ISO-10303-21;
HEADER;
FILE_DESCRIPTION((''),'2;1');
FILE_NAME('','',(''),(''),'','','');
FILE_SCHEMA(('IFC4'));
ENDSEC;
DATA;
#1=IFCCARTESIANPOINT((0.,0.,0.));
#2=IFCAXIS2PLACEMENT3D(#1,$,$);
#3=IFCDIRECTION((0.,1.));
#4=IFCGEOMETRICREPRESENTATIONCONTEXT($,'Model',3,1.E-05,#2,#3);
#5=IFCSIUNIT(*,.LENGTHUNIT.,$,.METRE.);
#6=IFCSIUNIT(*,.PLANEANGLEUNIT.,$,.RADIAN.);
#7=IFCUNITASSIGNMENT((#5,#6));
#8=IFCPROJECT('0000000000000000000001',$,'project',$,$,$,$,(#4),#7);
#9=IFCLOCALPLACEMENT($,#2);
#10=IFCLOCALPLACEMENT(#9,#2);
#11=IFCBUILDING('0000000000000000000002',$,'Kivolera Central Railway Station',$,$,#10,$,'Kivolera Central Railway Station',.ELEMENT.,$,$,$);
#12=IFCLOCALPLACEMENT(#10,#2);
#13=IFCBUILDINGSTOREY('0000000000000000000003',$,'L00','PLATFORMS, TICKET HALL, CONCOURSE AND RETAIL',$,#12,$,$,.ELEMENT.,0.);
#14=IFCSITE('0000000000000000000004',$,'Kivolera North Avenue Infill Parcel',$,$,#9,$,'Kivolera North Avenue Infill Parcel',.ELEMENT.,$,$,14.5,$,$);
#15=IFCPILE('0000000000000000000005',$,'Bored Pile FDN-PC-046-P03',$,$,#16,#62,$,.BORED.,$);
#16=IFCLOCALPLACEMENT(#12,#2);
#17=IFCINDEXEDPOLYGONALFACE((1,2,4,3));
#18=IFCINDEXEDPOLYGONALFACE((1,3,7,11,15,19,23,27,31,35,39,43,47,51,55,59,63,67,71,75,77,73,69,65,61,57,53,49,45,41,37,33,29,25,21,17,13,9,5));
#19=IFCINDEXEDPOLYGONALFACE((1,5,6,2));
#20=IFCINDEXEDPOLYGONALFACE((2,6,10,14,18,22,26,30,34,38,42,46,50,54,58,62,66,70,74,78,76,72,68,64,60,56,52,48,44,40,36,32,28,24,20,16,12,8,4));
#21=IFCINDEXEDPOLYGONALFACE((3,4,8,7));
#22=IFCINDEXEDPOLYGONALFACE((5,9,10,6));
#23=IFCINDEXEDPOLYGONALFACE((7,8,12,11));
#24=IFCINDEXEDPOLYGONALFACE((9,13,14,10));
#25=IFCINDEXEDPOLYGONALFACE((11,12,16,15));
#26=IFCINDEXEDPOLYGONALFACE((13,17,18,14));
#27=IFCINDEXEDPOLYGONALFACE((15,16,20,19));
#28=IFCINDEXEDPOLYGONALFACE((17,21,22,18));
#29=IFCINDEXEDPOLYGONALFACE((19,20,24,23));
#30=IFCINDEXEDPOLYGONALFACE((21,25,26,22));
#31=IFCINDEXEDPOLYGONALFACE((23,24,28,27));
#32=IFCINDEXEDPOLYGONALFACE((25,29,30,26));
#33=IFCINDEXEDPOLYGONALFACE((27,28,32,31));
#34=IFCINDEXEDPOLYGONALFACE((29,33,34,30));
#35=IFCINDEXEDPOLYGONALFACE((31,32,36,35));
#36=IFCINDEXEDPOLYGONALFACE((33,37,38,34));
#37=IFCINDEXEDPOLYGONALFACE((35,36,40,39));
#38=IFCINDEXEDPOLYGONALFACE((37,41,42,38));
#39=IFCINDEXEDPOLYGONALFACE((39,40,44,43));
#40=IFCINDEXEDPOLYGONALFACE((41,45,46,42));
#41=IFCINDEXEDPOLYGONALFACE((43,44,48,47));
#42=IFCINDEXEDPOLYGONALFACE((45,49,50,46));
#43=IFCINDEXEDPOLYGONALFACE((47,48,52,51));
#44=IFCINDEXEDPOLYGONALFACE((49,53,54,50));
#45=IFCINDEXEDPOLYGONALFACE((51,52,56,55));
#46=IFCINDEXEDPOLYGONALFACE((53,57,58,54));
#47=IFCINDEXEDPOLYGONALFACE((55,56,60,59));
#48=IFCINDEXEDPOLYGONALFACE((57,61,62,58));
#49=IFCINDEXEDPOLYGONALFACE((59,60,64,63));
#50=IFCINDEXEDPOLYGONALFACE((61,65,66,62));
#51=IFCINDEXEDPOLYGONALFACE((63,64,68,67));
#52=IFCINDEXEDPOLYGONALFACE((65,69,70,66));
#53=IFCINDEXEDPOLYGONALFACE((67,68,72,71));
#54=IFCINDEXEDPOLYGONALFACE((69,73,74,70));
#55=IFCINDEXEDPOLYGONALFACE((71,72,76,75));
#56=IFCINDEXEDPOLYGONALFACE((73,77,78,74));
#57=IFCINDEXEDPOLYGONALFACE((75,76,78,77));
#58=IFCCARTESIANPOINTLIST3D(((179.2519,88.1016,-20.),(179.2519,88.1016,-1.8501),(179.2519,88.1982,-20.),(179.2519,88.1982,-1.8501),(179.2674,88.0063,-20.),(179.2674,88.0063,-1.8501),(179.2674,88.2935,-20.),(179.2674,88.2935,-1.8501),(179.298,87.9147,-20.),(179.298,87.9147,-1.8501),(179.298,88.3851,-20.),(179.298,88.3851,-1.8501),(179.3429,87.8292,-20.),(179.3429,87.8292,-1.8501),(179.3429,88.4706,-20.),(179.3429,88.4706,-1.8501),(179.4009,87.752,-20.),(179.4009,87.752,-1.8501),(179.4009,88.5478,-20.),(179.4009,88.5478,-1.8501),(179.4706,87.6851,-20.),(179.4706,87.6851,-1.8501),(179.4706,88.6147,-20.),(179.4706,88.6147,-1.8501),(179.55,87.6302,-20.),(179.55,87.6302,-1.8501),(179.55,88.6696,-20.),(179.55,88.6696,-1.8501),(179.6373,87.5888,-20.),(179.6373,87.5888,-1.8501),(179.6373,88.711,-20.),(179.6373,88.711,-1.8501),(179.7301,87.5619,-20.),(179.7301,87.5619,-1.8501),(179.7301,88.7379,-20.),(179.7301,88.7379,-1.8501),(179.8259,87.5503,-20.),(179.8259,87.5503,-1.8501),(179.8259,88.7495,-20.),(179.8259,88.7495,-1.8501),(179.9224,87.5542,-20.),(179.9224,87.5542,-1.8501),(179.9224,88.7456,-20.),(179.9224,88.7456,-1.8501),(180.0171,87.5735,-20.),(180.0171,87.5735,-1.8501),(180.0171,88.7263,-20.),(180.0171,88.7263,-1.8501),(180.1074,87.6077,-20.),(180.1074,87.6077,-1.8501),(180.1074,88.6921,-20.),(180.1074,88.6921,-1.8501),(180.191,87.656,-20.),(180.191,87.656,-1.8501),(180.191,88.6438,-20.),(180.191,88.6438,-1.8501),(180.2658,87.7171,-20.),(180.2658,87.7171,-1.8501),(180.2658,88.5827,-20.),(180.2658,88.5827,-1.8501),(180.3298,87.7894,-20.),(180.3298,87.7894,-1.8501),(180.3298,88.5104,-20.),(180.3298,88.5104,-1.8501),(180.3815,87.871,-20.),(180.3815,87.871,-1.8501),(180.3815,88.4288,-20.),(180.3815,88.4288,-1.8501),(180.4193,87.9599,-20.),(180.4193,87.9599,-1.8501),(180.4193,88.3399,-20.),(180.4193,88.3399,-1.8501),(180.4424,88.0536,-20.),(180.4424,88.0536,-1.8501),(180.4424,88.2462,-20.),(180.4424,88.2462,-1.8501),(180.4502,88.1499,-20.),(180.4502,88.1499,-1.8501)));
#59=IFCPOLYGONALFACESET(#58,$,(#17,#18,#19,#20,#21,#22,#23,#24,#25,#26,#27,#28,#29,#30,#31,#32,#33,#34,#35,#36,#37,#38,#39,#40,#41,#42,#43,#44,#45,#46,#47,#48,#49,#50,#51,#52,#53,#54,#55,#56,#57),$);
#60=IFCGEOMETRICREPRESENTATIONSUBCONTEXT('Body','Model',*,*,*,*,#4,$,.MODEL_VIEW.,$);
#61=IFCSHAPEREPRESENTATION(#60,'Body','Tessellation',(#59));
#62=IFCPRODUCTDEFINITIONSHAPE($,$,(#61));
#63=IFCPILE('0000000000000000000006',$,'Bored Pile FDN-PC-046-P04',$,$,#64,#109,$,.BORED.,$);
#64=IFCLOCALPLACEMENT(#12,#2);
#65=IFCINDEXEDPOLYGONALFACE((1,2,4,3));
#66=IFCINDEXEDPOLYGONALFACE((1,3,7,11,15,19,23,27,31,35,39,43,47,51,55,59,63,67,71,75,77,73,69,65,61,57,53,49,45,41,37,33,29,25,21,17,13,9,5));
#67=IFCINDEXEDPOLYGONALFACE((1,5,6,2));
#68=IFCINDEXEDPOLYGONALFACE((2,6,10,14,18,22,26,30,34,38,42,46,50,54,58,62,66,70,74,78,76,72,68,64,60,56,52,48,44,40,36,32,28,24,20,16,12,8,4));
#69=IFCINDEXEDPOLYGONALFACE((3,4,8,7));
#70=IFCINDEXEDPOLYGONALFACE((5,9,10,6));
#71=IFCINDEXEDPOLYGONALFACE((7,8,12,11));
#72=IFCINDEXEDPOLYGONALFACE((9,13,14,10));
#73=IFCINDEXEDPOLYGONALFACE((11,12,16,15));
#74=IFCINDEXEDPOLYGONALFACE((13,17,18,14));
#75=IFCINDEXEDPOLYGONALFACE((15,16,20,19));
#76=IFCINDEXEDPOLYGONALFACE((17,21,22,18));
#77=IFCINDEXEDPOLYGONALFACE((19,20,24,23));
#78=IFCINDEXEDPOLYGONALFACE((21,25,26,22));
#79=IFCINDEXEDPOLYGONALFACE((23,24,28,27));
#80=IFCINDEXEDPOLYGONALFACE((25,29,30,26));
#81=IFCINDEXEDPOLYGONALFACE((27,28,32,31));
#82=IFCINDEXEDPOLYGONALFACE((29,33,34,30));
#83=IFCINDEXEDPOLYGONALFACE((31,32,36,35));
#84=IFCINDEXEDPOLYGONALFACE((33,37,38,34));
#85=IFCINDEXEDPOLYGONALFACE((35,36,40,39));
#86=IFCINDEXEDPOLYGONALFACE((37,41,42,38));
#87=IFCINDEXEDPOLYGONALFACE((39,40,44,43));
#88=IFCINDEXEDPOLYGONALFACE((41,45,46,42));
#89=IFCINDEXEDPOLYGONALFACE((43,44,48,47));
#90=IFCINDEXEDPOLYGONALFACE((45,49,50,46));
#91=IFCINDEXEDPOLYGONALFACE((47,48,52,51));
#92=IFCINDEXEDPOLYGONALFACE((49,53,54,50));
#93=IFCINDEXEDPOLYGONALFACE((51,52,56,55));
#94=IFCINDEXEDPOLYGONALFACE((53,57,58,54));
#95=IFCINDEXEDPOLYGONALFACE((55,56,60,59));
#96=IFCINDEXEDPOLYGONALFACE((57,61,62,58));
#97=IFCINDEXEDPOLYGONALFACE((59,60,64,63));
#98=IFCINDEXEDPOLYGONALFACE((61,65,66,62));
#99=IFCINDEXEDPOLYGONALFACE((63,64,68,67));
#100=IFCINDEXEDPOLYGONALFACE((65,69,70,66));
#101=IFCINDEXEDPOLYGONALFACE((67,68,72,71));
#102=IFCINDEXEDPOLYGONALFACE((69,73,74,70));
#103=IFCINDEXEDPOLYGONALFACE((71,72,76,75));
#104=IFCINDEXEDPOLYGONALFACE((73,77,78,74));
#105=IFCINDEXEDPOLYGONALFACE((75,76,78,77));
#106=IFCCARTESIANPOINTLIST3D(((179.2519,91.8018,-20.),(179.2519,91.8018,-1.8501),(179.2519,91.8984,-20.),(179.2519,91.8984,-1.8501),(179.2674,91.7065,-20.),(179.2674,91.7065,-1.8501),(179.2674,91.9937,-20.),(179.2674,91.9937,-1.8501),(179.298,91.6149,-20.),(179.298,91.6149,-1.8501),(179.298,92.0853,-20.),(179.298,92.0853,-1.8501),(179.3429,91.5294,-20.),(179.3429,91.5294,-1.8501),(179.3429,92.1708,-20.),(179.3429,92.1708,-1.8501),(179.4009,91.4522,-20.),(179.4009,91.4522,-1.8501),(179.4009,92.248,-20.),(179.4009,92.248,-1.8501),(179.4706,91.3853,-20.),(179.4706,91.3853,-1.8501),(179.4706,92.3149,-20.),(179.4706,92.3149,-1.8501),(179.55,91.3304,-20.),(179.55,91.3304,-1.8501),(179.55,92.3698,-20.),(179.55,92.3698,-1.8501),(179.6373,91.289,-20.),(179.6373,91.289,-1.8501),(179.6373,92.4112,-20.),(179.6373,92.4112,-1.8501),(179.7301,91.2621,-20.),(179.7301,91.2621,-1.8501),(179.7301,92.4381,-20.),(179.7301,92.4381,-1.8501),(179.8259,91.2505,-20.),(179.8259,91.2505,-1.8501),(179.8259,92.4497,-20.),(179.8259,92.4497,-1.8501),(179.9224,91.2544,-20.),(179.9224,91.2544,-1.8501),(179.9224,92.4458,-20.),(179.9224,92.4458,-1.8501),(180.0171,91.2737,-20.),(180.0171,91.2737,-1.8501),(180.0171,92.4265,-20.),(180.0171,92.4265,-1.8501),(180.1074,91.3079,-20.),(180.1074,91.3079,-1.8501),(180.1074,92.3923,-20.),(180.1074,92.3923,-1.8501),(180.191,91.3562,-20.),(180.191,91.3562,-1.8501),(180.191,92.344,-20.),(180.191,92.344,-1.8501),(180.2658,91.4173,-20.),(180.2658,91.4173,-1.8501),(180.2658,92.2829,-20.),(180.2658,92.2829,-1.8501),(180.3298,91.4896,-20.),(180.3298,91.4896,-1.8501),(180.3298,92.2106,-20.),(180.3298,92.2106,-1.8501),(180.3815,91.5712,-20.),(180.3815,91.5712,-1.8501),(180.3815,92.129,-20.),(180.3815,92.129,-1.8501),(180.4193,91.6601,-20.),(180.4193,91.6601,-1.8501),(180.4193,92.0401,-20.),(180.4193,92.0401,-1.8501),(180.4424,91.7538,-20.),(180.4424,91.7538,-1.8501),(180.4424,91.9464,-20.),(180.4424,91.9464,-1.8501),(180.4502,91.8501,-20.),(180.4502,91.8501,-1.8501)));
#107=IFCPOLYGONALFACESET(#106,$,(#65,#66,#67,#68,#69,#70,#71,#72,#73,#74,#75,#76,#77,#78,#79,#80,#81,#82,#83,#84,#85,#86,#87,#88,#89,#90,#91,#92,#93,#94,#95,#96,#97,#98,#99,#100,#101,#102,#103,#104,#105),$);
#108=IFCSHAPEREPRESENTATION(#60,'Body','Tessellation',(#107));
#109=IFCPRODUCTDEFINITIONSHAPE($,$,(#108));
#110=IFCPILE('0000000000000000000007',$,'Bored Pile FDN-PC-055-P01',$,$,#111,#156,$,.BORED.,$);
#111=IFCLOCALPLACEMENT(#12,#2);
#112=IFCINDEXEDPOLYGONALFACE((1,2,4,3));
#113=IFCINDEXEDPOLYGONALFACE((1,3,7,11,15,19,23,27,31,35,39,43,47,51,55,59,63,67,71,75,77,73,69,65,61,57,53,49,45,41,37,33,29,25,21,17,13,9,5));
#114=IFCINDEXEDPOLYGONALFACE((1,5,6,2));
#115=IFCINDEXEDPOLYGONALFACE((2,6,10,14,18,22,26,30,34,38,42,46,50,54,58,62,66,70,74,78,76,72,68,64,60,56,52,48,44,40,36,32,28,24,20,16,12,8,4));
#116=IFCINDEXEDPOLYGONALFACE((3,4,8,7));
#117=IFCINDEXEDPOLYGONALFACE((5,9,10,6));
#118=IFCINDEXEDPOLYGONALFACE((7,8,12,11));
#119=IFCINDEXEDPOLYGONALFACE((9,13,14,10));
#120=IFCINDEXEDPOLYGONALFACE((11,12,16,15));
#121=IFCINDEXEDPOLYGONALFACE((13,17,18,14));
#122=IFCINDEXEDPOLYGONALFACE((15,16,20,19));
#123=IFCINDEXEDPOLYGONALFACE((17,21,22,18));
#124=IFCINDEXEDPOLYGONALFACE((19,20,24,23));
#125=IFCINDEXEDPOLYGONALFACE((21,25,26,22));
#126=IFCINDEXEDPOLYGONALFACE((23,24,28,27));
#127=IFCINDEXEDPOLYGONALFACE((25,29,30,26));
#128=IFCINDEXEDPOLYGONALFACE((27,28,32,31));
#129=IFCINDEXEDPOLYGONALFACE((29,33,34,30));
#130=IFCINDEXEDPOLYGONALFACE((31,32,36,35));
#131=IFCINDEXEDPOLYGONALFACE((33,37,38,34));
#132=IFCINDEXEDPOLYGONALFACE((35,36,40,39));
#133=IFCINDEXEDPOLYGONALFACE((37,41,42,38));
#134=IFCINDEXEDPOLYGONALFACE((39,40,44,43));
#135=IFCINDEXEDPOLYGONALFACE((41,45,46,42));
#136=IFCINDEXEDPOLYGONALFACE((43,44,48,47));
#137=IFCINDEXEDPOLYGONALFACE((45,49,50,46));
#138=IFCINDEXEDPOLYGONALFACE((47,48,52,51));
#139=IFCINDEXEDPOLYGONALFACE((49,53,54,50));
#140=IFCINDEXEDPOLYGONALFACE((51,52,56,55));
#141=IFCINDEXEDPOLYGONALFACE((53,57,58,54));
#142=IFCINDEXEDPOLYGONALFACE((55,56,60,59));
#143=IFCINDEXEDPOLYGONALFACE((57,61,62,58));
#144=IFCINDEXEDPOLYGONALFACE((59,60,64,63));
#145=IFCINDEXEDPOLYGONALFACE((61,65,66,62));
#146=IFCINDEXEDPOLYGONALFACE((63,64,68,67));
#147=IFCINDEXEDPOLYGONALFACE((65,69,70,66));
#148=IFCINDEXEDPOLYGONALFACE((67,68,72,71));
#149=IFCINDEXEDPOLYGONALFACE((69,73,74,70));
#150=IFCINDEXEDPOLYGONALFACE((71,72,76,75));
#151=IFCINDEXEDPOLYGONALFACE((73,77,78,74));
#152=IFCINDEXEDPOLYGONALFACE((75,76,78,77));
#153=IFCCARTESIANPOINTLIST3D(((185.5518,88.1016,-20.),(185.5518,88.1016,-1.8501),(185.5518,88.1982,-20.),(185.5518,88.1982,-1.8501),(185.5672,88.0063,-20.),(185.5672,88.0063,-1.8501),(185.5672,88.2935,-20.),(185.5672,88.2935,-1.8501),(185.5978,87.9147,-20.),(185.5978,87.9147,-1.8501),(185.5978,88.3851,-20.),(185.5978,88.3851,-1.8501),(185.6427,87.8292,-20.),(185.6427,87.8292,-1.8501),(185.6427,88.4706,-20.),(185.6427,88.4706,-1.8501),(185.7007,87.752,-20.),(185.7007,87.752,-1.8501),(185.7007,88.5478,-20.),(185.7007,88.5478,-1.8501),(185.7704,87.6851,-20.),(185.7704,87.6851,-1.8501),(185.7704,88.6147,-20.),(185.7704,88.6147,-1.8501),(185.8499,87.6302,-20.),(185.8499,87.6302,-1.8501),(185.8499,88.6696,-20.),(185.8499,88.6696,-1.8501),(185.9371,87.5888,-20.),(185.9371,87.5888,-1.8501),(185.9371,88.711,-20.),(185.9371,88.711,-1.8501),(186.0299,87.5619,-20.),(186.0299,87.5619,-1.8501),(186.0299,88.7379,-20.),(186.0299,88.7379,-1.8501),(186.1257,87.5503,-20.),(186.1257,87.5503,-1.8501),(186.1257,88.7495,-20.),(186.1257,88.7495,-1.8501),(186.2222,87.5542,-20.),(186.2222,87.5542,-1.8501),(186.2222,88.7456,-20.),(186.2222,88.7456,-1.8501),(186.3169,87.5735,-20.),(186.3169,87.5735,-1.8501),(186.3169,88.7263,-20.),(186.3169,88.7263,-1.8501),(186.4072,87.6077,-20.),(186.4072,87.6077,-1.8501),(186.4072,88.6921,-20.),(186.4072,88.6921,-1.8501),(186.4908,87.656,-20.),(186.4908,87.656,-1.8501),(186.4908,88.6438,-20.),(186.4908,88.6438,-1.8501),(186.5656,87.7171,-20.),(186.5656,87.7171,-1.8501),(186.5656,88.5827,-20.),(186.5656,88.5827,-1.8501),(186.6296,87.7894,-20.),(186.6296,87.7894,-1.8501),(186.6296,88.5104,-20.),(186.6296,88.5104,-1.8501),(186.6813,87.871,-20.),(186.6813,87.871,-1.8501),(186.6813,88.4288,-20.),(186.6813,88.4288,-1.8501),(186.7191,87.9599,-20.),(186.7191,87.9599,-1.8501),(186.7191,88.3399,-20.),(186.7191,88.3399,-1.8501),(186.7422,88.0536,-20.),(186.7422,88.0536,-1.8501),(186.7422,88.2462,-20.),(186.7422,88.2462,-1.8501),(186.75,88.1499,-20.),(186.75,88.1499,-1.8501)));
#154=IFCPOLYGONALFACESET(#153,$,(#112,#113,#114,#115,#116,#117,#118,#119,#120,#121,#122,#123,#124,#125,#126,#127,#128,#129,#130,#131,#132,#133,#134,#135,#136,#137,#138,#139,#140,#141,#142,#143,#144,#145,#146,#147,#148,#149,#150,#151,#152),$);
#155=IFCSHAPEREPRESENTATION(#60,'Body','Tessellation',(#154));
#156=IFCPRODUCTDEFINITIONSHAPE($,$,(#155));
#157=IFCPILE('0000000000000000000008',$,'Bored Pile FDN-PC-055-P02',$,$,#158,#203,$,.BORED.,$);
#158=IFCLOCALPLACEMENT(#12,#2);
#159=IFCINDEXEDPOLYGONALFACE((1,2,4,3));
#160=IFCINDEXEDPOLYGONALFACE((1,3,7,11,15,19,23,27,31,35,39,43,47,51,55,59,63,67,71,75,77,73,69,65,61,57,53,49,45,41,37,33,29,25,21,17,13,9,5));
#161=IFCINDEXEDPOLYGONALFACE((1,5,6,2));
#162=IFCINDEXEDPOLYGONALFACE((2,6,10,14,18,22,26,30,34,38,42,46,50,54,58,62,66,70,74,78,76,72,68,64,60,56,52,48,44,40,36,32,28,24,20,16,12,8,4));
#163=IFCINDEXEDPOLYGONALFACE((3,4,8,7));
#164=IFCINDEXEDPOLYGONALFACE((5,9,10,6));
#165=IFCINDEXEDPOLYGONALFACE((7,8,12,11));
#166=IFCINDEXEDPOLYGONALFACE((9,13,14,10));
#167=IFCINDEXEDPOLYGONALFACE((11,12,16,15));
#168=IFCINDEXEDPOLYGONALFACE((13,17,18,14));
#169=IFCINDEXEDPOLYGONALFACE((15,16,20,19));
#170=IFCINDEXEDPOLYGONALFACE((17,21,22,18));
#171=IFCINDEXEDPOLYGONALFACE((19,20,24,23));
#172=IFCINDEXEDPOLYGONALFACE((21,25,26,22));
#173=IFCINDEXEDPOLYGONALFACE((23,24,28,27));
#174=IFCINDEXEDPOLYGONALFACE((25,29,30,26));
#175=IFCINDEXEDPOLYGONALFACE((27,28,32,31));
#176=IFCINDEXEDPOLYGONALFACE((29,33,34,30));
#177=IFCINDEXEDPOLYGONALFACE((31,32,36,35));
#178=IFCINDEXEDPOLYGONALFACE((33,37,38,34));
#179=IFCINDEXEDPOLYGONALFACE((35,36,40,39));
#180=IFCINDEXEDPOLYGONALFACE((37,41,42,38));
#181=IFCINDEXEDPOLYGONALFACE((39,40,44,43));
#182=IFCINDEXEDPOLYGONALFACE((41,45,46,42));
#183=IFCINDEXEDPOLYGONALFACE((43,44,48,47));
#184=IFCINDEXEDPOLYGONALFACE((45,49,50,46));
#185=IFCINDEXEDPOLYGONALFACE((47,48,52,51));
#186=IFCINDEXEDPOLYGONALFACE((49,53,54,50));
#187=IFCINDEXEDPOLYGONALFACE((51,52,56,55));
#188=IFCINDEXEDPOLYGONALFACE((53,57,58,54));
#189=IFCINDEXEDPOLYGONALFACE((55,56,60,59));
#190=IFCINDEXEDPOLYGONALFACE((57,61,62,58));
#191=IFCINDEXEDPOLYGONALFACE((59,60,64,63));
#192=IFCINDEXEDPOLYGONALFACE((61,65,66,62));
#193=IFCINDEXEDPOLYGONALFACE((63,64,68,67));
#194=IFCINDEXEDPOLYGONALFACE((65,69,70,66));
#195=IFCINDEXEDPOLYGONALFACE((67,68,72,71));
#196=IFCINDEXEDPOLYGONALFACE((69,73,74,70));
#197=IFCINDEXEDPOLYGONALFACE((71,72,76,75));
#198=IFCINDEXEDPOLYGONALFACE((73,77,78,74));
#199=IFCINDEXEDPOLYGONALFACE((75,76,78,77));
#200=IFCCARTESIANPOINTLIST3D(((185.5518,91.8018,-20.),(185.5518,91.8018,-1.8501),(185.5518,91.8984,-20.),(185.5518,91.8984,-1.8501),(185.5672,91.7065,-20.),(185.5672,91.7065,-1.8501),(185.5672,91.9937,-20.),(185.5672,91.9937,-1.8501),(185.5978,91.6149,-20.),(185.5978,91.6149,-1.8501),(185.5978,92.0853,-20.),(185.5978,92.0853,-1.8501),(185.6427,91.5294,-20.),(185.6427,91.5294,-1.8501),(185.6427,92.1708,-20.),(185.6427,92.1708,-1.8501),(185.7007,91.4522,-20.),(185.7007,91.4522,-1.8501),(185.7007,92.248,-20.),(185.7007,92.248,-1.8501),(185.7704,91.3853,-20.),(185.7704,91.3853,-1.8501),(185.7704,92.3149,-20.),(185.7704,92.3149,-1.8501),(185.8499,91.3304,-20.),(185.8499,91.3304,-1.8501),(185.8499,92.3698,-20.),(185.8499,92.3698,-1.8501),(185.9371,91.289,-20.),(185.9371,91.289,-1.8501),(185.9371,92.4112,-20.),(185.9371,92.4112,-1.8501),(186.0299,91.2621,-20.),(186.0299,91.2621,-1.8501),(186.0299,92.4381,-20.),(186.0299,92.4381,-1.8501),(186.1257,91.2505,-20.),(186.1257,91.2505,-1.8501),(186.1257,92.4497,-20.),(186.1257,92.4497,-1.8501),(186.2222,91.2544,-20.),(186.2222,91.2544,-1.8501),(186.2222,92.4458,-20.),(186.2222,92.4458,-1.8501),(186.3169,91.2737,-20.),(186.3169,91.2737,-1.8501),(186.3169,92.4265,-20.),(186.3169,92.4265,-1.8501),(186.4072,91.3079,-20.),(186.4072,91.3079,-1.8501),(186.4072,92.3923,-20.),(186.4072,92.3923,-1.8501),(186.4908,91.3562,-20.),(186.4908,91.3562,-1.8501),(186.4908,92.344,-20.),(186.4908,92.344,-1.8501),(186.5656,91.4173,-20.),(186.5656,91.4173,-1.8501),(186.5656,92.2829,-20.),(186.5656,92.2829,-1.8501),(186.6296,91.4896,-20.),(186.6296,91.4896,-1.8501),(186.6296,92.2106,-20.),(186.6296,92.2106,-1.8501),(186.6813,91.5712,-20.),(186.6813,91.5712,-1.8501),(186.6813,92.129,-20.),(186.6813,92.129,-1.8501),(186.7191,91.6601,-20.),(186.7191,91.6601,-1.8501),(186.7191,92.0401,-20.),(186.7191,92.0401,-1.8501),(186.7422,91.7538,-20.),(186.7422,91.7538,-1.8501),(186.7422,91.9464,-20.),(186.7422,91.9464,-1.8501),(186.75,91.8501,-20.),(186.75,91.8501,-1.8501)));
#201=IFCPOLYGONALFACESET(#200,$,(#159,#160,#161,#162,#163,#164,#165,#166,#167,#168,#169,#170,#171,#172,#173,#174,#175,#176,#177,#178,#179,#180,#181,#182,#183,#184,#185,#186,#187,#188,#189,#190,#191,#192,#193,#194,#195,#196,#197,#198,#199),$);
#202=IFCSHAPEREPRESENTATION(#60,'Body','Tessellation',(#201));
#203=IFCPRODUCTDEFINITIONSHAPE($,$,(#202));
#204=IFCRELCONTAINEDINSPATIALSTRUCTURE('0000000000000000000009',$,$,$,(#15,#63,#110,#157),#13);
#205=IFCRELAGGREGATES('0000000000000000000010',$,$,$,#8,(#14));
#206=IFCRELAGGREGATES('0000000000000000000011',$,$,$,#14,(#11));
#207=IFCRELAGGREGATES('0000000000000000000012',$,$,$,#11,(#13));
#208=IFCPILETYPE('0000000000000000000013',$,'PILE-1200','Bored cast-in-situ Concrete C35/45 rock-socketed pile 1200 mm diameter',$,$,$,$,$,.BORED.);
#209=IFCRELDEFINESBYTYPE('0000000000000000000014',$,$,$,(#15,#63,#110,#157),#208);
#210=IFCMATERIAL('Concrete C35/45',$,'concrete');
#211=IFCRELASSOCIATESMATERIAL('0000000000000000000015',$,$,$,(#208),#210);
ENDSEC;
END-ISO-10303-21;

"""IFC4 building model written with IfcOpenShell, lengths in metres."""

from ifc_helpers import new_model, si_unit, direction, frame, origin, origin_2d, place, context, subcontext, project, spatial, circle, extrude, material, material_profile, profile_set, type_object, element, save


model = new_model("IFC4")

# Units and contexts
model_context = context("Model", 3, precision=1e-05, world=origin(), true_north=direction((0.0, 1.0)))
body_context = subcontext(model_context, "Body", "Model", "MODEL_VIEW")
ifc_project = project(units=[si_unit("LENGTHUNIT", "METRE"), si_unit("PLANEANGLEUNIT", "RADIAN")], contexts=[model_context])

# Site, building, storey
site_placement = place(None, origin())
site = spatial("IfcSite", under=ifc_project, at=site_placement, Name="Kivolera North Avenue Infill Parcel", LongName="Kivolera North Avenue Infill Parcel", CompositionType="ELEMENT", RefElevation=14.5)
building_placement = place(site_placement, origin())
building = spatial("IfcBuilding", under=site, at=building_placement, Name="Kivolera Central Railway Station", LongName="Kivolera Central Railway Station", CompositionType="ELEMENT")
storey_placement = place(building_placement, origin())
storey = spatial("IfcBuildingStorey", under=building, at=storey_placement, Name="L00", Description="PLATFORMS, TICKET HALL, CONCOURSE AND RETAIL", CompositionType="ELEMENT", Elevation=0.0)

# Shared definitions
ifc_material_1 = material(Name="Concrete C35/45", Category="concrete")

# Piles
ifc_material_profile_1 = material_profile(ifc_material_1, circle(Radius=0.6001, at=origin_2d()), Name="PILE D1200")
ifc_profile_set_1 = profile_set([ifc_material_profile_1], Name="Concrete C35/45")
pile_type = type_object("IfcPileType", Name="PILE-1200", Description="Bored cast-in-situ Concrete C35/45 rock-socketed pile 1200 mm diameter", PredefinedType="BORED", material=ifc_profile_set_1)
for number, where, z_axis, x_axis, name in (
    (1, (179.8501, 88.1499, -1.8501), (0.0, 0.0, -1.0), (1.0, 0.0, 0.0), "Bored Pile FDN-PC-046-P03"),
    (2, (179.8501, 91.8501, -1.8501), (0.0, 0.0, -1.0), (1.0, 0.0, 0.0), "Bored Pile FDN-PC-046-P04"),
    (3, (186.1499, 88.1499, -1.8501), (0.0, 0.0, -1.0), (1.0, 0.0, 0.0), "Bored Pile FDN-PC-055-P01"),
    (4, (186.1499, 91.8501, -1.8501), (0.0, 0.0, -1.0), (1.0, 0.0, 0.0), "Bored Pile FDN-PC-055-P02"),
):
    element("IfcPile", number, at=place(storey_placement, frame(where, z_axis=z_axis, x_axis=x_axis)), inside=storey, type_object=pile_type, Name=name, PredefinedType="BORED", context=body_context, shape_type="SweptSolid", body=[
        extrude(circle(Radius=0.6001, at=origin_2d()), origin(), (0.0, 0.0, 1.0), 18.1499),
    ])

save(model, "model.ifc")
